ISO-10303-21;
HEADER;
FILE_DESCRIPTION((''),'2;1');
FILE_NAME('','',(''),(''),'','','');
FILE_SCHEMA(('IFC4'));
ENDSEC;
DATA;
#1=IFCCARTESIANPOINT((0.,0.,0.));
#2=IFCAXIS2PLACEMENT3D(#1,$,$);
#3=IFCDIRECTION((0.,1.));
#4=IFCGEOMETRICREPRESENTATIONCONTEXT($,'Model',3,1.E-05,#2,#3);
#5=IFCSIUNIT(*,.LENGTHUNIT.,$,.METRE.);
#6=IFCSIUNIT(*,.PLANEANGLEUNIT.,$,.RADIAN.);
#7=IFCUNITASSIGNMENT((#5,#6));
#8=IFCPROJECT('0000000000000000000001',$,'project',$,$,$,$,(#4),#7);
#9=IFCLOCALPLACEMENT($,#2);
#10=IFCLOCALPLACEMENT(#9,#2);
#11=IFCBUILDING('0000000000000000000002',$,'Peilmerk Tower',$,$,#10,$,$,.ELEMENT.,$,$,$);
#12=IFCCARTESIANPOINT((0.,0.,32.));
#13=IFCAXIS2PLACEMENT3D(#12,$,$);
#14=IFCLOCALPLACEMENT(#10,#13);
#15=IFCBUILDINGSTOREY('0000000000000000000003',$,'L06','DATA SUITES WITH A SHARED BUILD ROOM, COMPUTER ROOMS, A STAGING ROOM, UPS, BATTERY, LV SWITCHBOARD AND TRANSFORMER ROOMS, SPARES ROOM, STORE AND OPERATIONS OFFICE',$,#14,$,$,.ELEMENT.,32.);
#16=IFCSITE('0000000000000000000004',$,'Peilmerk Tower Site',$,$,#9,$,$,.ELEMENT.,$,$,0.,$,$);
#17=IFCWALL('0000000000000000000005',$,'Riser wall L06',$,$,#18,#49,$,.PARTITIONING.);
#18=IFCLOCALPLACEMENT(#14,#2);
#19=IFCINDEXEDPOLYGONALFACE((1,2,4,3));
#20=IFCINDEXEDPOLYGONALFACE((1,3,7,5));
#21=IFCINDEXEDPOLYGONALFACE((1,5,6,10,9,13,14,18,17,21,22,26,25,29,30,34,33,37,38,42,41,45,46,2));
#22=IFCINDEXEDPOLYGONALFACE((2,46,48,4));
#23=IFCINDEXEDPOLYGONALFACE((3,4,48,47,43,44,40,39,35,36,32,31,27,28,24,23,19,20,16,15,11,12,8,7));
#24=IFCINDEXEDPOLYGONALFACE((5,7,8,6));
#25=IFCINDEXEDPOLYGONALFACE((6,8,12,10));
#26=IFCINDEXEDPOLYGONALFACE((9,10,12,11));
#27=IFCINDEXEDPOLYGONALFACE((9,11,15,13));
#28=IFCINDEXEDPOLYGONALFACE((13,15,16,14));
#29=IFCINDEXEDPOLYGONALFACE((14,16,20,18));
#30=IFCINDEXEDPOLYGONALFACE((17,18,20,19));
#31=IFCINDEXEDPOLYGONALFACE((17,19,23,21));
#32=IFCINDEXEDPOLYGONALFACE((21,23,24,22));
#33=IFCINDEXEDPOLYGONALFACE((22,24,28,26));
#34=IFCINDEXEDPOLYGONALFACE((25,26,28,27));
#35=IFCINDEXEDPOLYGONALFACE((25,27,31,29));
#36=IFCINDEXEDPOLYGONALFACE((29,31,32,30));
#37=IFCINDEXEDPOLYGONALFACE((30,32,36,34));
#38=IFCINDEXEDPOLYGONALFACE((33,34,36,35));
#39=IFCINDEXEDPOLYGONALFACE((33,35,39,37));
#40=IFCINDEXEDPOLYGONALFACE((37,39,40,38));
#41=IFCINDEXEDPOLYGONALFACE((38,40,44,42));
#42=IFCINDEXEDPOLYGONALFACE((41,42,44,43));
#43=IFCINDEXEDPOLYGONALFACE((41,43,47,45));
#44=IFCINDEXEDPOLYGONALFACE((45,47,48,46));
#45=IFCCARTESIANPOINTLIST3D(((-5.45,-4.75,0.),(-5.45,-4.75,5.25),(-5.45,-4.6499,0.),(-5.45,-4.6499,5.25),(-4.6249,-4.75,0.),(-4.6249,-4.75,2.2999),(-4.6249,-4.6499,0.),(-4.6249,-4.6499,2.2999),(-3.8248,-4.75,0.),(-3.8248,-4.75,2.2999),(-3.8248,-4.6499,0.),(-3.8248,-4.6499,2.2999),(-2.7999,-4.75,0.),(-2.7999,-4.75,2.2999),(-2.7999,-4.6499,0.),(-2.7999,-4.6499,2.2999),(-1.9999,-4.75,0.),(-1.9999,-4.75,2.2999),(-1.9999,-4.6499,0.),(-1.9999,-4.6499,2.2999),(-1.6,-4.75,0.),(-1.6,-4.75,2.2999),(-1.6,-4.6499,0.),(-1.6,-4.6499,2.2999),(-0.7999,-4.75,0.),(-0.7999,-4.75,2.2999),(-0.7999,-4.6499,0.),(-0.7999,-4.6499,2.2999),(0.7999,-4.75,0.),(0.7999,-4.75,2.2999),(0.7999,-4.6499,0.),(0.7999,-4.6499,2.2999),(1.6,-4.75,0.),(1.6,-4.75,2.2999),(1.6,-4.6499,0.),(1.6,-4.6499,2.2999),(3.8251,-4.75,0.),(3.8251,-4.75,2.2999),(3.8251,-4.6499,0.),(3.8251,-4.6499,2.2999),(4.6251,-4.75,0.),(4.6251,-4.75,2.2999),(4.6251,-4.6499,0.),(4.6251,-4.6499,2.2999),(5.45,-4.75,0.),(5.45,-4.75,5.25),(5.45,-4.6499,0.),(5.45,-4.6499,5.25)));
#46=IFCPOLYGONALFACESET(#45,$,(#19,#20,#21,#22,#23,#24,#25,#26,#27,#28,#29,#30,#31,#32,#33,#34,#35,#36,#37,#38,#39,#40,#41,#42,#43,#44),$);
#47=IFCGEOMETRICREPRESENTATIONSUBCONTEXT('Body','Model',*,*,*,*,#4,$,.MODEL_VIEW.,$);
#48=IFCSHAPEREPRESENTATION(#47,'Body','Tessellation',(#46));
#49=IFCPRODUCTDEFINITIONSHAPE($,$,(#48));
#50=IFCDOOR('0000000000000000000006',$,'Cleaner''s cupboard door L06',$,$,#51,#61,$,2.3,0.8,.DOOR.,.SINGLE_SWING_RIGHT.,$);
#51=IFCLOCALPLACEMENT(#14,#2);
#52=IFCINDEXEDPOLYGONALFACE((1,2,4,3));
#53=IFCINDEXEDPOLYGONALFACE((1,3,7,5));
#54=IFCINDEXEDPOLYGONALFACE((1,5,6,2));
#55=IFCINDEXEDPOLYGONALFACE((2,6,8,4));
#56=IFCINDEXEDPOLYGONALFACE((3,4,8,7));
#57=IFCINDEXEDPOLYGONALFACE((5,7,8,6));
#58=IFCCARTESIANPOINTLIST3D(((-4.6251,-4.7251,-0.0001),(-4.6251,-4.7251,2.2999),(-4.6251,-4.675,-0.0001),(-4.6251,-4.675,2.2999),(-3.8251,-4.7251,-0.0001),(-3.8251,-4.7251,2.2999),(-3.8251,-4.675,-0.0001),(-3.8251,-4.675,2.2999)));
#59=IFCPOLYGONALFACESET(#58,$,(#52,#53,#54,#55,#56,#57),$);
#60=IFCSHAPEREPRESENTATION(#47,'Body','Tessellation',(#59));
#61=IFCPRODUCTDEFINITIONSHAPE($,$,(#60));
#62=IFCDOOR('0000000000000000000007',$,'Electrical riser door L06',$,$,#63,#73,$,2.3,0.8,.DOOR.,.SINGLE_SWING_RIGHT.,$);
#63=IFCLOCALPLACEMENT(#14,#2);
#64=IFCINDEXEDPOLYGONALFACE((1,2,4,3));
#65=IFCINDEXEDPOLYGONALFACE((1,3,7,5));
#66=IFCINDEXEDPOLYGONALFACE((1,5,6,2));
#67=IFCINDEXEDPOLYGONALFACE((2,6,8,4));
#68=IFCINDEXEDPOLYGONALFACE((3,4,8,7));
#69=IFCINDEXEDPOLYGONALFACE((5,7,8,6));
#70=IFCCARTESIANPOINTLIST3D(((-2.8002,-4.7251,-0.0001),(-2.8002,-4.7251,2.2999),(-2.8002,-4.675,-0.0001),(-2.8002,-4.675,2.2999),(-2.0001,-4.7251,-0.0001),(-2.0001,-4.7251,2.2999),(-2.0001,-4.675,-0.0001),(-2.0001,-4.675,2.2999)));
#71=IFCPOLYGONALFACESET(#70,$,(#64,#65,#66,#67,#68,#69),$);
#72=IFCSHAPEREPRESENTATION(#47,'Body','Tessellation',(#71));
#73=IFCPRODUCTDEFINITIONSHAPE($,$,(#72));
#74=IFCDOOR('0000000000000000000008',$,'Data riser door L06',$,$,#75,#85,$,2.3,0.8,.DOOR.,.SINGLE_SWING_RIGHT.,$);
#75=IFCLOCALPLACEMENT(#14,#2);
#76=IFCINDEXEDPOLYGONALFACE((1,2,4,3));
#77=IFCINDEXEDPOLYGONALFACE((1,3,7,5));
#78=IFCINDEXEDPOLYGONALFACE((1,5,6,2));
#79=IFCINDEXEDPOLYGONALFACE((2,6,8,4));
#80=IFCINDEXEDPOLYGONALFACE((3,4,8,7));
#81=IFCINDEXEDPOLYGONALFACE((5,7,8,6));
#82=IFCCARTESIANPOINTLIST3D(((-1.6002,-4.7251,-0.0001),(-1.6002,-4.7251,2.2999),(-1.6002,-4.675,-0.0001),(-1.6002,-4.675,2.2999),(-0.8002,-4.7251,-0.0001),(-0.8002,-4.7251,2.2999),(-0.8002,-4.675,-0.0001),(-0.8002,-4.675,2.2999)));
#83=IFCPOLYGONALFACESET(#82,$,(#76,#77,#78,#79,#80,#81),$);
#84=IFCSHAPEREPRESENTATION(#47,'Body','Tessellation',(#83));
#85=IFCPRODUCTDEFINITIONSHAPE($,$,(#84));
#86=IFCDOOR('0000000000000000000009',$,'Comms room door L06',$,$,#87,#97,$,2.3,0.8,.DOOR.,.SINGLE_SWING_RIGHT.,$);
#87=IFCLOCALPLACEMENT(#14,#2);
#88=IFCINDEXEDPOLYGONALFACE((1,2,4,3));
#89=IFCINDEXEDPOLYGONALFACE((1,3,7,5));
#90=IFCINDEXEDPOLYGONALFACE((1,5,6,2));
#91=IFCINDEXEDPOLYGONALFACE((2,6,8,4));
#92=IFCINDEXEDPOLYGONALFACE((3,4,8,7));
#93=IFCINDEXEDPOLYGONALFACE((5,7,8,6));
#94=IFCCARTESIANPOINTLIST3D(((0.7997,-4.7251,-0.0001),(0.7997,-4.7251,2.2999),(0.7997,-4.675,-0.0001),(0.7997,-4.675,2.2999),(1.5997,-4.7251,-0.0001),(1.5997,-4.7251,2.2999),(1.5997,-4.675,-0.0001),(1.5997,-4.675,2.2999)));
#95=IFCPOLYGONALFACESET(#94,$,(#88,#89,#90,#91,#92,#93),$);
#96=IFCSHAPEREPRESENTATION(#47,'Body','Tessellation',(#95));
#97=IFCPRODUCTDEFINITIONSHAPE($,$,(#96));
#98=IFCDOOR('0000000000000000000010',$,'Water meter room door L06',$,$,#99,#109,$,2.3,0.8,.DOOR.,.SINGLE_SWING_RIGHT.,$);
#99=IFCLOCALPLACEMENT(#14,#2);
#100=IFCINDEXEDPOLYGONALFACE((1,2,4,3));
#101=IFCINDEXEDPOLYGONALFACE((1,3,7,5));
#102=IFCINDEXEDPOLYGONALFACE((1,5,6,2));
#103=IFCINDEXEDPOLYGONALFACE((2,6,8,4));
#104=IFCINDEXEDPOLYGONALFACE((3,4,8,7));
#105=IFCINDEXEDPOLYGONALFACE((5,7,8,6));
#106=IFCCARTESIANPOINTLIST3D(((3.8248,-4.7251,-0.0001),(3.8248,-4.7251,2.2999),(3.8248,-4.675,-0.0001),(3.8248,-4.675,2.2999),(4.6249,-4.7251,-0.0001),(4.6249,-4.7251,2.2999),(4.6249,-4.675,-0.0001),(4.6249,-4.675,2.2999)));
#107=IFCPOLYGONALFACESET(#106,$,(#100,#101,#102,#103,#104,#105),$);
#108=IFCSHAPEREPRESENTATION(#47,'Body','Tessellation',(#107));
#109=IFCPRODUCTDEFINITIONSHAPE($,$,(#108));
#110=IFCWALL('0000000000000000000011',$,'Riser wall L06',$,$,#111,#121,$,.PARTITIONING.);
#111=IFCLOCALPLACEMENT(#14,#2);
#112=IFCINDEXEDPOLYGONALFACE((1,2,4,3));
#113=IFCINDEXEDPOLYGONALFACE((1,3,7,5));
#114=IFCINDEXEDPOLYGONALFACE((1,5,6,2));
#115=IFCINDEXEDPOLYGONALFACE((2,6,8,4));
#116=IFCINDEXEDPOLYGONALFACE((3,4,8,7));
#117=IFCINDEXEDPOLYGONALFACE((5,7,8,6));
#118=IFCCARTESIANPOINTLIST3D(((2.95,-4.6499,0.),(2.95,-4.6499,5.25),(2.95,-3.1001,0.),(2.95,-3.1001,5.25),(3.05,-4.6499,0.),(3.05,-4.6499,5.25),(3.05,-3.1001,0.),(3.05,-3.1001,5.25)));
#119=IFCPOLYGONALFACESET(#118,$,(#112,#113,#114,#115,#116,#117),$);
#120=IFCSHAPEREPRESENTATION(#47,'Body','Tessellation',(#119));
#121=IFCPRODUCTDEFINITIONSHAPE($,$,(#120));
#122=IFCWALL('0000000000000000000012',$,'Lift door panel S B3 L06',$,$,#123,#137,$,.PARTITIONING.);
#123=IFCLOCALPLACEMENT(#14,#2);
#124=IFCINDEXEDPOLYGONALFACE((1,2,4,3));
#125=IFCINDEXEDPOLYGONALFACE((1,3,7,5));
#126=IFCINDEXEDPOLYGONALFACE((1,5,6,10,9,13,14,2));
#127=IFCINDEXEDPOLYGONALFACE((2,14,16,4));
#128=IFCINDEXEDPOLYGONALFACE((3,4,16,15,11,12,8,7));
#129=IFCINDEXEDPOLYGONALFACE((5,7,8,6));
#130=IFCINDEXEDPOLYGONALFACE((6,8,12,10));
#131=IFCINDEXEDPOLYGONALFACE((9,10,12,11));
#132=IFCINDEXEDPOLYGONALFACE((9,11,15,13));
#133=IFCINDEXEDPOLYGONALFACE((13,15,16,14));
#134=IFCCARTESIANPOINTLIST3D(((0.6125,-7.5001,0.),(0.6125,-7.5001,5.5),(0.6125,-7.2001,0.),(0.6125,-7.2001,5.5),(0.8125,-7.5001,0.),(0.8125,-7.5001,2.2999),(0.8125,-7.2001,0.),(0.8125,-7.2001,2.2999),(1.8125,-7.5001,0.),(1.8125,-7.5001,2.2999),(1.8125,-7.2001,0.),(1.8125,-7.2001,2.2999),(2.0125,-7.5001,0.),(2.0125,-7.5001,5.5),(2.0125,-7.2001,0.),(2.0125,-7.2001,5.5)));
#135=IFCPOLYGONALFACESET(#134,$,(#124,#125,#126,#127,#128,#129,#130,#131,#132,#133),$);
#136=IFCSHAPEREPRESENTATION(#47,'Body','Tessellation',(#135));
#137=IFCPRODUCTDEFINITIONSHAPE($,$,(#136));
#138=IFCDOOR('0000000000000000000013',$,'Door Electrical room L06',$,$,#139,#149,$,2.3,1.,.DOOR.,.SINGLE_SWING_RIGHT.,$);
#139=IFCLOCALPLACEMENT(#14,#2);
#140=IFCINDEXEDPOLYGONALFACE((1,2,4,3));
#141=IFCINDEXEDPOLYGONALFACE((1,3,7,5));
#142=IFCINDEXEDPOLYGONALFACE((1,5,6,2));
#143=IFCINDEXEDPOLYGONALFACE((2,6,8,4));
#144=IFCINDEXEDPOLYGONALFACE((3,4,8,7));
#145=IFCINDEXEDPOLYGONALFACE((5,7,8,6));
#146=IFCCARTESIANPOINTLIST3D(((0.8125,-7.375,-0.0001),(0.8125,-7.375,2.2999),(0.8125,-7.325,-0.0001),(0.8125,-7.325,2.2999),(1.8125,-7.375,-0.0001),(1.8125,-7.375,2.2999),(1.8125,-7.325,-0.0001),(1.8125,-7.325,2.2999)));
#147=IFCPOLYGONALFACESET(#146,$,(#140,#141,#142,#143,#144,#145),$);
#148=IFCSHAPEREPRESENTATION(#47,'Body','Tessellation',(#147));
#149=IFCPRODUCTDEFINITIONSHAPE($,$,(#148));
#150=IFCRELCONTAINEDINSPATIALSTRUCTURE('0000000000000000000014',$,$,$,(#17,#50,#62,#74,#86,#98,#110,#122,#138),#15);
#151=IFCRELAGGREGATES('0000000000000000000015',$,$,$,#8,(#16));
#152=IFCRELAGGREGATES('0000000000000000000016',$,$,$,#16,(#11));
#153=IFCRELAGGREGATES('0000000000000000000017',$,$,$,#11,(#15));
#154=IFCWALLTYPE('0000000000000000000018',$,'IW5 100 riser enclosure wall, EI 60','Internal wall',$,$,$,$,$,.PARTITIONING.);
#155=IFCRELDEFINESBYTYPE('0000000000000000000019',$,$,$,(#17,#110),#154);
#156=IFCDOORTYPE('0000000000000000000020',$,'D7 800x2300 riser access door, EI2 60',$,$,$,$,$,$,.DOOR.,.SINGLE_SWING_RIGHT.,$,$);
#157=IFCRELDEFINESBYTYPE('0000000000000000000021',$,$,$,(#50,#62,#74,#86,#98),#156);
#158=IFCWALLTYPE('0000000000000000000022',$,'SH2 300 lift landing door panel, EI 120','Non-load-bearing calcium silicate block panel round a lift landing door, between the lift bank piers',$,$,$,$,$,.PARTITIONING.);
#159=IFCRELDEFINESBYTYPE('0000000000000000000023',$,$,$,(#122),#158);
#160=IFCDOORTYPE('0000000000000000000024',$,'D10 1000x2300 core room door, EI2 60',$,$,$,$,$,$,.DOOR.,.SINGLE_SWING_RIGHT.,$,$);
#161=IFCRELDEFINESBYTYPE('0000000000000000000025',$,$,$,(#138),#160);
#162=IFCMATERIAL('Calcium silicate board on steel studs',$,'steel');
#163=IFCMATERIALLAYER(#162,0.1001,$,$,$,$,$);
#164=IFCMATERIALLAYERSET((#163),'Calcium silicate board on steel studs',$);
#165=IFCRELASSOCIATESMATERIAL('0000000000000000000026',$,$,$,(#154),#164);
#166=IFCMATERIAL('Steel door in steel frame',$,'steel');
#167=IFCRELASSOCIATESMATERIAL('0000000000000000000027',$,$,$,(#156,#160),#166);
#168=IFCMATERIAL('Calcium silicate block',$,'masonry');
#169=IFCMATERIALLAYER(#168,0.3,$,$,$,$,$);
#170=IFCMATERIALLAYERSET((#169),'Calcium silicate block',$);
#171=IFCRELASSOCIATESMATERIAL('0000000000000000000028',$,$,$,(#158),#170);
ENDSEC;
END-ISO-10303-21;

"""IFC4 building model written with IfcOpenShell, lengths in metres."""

from ifc_helpers import new_model, si_unit, direction, frame, frame_2d, origin, place, context, subcontext, project, spatial, rectangle, extrude, material, layer, layer_set, type_object, element, fill, save


model = new_model("IFC4")

# Units and contexts
model_context = context("Model", 3, precision=1e-05, world=origin(), true_north=direction((0.0, 1.0)))
body_context = subcontext(model_context, "Body", "Model", "MODEL_VIEW")
ifc_project = project(units=[si_unit("LENGTHUNIT", "METRE"), si_unit("PLANEANGLEUNIT", "RADIAN")], contexts=[model_context])

# Site, building, storey
site_placement = place(None, origin())
site = spatial("IfcSite", under=ifc_project, at=site_placement, Name="Peilmerk Tower Site", CompositionType="ELEMENT", RefElevation=0.0)
building_placement = place(site_placement, origin())
building = spatial("IfcBuilding", under=site, at=building_placement, Name="Peilmerk Tower", CompositionType="ELEMENT")
storey_placement = place(building_placement, frame((0.0, 0.0, 32.0)))
storey = spatial("IfcBuildingStorey", under=building, at=storey_placement, Name="L06", Description="DATA SUITES WITH A SHARED BUILD ROOM, COMPUTER ROOMS, A STAGING ROOM, UPS, BATTERY, LV SWITCHBOARD AND TRANSFORMER ROOMS, SPARES ROOM, STORE AND OPERATIONS OFFICE", CompositionType="ELEMENT", Elevation=32.0)

# Shared definitions
ifc_material_1 = material(Name="Calcium silicate board on steel studs", Category="steel")
ifc_layer_1 = layer(ifc_material_1, 0.1001)
ifc_layer_set_1 = layer_set([ifc_layer_1], Name="Calcium silicate board on steel studs")
wall_type_1 = type_object("IfcWallType", Name="IW5 100 riser enclosure wall, EI 60", Description="Internal wall", PredefinedType="PARTITIONING", material=ifc_layer_set_1)

# Wall, openings, doors
wall_1_placement = place(storey_placement, frame((5.45, -4.7, 0.0), z_axis=(0.0, 0.0, 1.0), x_axis=(-1.0, 0.0, 0.0)))
wall_1 = element("IfcWall", 1, at=wall_1_placement, inside=storey, type_object=wall_type_1, Name="Riser wall L06", PredefinedType="PARTITIONING", context=body_context, shape_type="SweptSolid", body=[
    extrude(rectangle(XDim=10.8999, YDim=0.1001, at=frame_2d((5.45, 0.0))), origin(), (0.0, 0.0, 1.0), 5.25),
])
opening_1_placement = place(wall_1_placement, frame((9.2749, 0.0, 0.0)))
opening_1 = element("IfcOpeningElement", 2, at=opening_1_placement, cuts=wall_1, PredefinedType="OPENING", context=body_context, shape_type="SweptSolid", body=[
    extrude(rectangle(XDim=0.8, YDim=2.3, at=frame_2d((0.3999, 1.1499))), frame((0.0, 0.0601, 0.0), z_axis=(0.0, -1.0, 0.0), x_axis=(1.0, 0.0, 0.0)), (0.0, 0.0, 1.0), 0.1201),
])
opening_2_placement = place(wall_1_placement, frame((7.45, 0.0, 0.0)))
opening_2 = element("IfcOpeningElement", 3, at=opening_2_placement, cuts=wall_1, PredefinedType="OPENING", context=body_context, shape_type="SweptSolid", body=[
    extrude(rectangle(XDim=0.8, YDim=2.3, at=frame_2d((0.3999, 1.1499))), frame((0.0, 0.0601, 0.0), z_axis=(0.0, -1.0, 0.0), x_axis=(1.0, 0.0, 0.0)), (0.0, 0.0, 1.0), 0.1201),
])
opening_3_placement = place(wall_1_placement, frame((6.25, 0.0, 0.0)))
opening_3 = element("IfcOpeningElement", 4, at=opening_3_placement, cuts=wall_1, PredefinedType="OPENING", context=body_context, shape_type="SweptSolid", body=[
    extrude(rectangle(XDim=0.8, YDim=2.3, at=frame_2d((0.3999, 1.1499))), frame((0.0, 0.0601, 0.0), z_axis=(0.0, -1.0, 0.0), x_axis=(1.0, 0.0, 0.0)), (0.0, 0.0, 1.0), 0.1201),
])
opening_4_placement = place(wall_1_placement, frame((3.8501, 0.0, 0.0)))
opening_4 = element("IfcOpeningElement", 5, at=opening_4_placement, cuts=wall_1, PredefinedType="OPENING", context=body_context, shape_type="SweptSolid", body=[
    extrude(rectangle(XDim=0.8, YDim=2.3, at=frame_2d((0.3999, 1.1499))), frame((0.0, 0.0601, 0.0), z_axis=(0.0, -1.0, 0.0), x_axis=(1.0, 0.0, 0.0)), (0.0, 0.0, 1.0), 0.1201),
])
opening_5_placement = place(wall_1_placement, frame((0.825, 0.0, 0.0)))
opening_5 = element("IfcOpeningElement", 6, at=opening_5_placement, cuts=wall_1, PredefinedType="OPENING", context=body_context, shape_type="SweptSolid", body=[
    extrude(rectangle(XDim=0.8, YDim=2.3, at=frame_2d((0.3999, 1.1499))), frame((0.0, 0.0601, 0.0), z_axis=(0.0, -1.0, 0.0), x_axis=(1.0, 0.0, 0.0)), (0.0, 0.0, 1.0), 0.1201),
])
ifc_material_2 = material(Name="Steel door in steel frame", Category="steel")
door_type_1 = type_object("IfcDoorType", Name="D7 800x2300 riser access door, EI2 60", OperationType="SINGLE_SWING_RIGHT", PredefinedType="DOOR", material=ifc_material_2)
door_1_placement = place(opening_1_placement, frame((0.8, 0.0, 0.0), z_axis=(0.0, 0.0, 1.0), x_axis=(-1.0, 0.0, 0.0)))
door_1 = element("IfcDoor", 7, at=door_1_placement, inside=storey, type_object=door_type_1, Name="Cleaner's cupboard door L06", OperationType="SINGLE_SWING_RIGHT", OverallHeight=2.3, OverallWidth=0.8, PredefinedType="DOOR", context=body_context, shape_type="SweptSolid", body=[
    extrude(rectangle(XDim=0.8, YDim=2.3, at=frame_2d((0.3999, 1.1499))), frame((0.0, 0.0249, 0.0), z_axis=(0.0, -1.0, 0.0), x_axis=(1.0, 0.0, 0.0)), (0.0, 0.0, 1.0), 0.05),
])
fill(opening_1, door_1)
door_2_placement = place(opening_2_placement, frame((0.8, 0.0, 0.0), z_axis=(0.0, 0.0, 1.0), x_axis=(-1.0, 0.0, 0.0)))
door_2 = element("IfcDoor", 8, at=door_2_placement, inside=storey, type_object=door_type_1, Name="Electrical riser door L06", OperationType="SINGLE_SWING_RIGHT", OverallHeight=2.3, OverallWidth=0.8, PredefinedType="DOOR", context=body_context, shape_type="SweptSolid", body=[
    extrude(rectangle(XDim=0.8, YDim=2.3, at=frame_2d((0.3999, 1.1499))), frame((0.0, 0.0249, 0.0), z_axis=(0.0, -1.0, 0.0), x_axis=(1.0, 0.0, 0.0)), (0.0, 0.0, 1.0), 0.05),
])
fill(opening_2, door_2)
door_3_placement = place(opening_3_placement, frame((0.8, 0.0, 0.0), z_axis=(0.0, 0.0, 1.0), x_axis=(-1.0, 0.0, 0.0)))
door_3 = element("IfcDoor", 9, at=door_3_placement, inside=storey, type_object=door_type_1, Name="Data riser door L06", OperationType="SINGLE_SWING_RIGHT", OverallHeight=2.3, OverallWidth=0.8, PredefinedType="DOOR", context=body_context, shape_type="SweptSolid", body=[
    extrude(rectangle(XDim=0.8, YDim=2.3, at=frame_2d((0.3999, 1.1499))), frame((0.0, 0.0249, 0.0), z_axis=(0.0, -1.0, 0.0), x_axis=(1.0, 0.0, 0.0)), (0.0, 0.0, 1.0), 0.05),
])
fill(opening_3, door_3)
door_4_placement = place(opening_4_placement, frame((0.8, 0.0, 0.0), z_axis=(0.0, 0.0, 1.0), x_axis=(-1.0, 0.0, 0.0)))
door_4 = element("IfcDoor", 10, at=door_4_placement, inside=storey, type_object=door_type_1, Name="Comms room door L06", OperationType="SINGLE_SWING_RIGHT", OverallHeight=2.3, OverallWidth=0.8, PredefinedType="DOOR", context=body_context, shape_type="SweptSolid", body=[
    extrude(rectangle(XDim=0.8, YDim=2.3, at=frame_2d((0.3999, 1.1499))), frame((0.0, 0.0249, 0.0), z_axis=(0.0, -1.0, 0.0), x_axis=(1.0, 0.0, 0.0)), (0.0, 0.0, 1.0), 0.05),
])
fill(opening_4, door_4)
door_5_placement = place(opening_5_placement, frame((0.8, 0.0, 0.0), z_axis=(0.0, 0.0, 1.0), x_axis=(-1.0, 0.0, 0.0)))
door_5 = element("IfcDoor", 11, at=door_5_placement, inside=storey, type_object=door_type_1, Name="Water meter room door L06", OperationType="SINGLE_SWING_RIGHT", OverallHeight=2.3, OverallWidth=0.8, PredefinedType="DOOR", context=body_context, shape_type="SweptSolid", body=[
    extrude(rectangle(XDim=0.8, YDim=2.3, at=frame_2d((0.3999, 1.1499))), frame((0.0, 0.0249, 0.0), z_axis=(0.0, -1.0, 0.0), x_axis=(1.0, 0.0, 0.0)), (0.0, 0.0, 1.0), 0.05),
])
fill(opening_5, door_5)

# Wall
wall_2_placement = place(storey_placement, frame((3.0, -3.1001, 0.0), z_axis=(0.0, 0.0, 1.0), x_axis=(0.0, -1.0, 0.0)))
element("IfcWall", 12, at=wall_2_placement, inside=storey, type_object=wall_type_1, Name="Riser wall L06", PredefinedType="PARTITIONING", context=body_context, shape_type="SweptSolid", body=[
    extrude(rectangle(XDim=1.5498, YDim=0.1001, at=frame_2d((0.7749, 0.0))), origin(), (0.0, 0.0, 1.0), 5.25),
])

# Wall, opening, door
ifc_material_3 = material(Name="Calcium silicate block", Category="masonry")
ifc_layer_2 = layer(ifc_material_3, 0.3)
ifc_layer_set_2 = layer_set([ifc_layer_2], Name="Calcium silicate block")
wall_type_2 = type_object("IfcWallType", Name="SH2 300 lift landing door panel, EI 120", Description="Non-load-bearing calcium silicate block panel round a lift landing door, between the lift bank piers", PredefinedType="PARTITIONING", material=ifc_layer_set_2)
wall_3_placement = place(storey_placement, frame((0.6125, -7.3501, 0.0), z_axis=(0.0, 0.0, 1.0), x_axis=(1.0, 0.0, 0.0)))
wall_3 = element("IfcWall", 13, at=wall_3_placement, inside=storey, type_object=wall_type_2, Name="Lift door panel S B3 L06", PredefinedType="PARTITIONING", context=body_context, shape_type="SweptSolid", body=[
    extrude(rectangle(XDim=1.3999, YDim=0.3, at=frame_2d((0.7, 0.0))), origin(), (0.0, 0.0, 1.0), 5.5),
])
opening_6_placement = place(wall_3_placement, frame((0.2, 0.0, 0.0)))
opening_6 = element("IfcOpeningElement", 14, at=opening_6_placement, cuts=wall_3, PredefinedType="OPENING", context=body_context, shape_type="SweptSolid", body=[
    extrude(rectangle(XDim=1.0, YDim=2.3, at=frame_2d((0.5, 1.1499))), frame((0.0, 0.1599, 0.0), z_axis=(0.0, -1.0, 0.0), x_axis=(1.0, 0.0, 0.0)), (0.0, 0.0, 1.0), 0.3201),
])
door_type_2 = type_object("IfcDoorType", Name="D10 1000x2300 core room door, EI2 60", OperationType="SINGLE_SWING_RIGHT", PredefinedType="DOOR", material=ifc_material_2)
door_6_placement = place(opening_6_placement, frame((1.0, 0.0, 0.0), z_axis=(0.0, 0.0, 1.0), x_axis=(-1.0, 0.0, 0.0)))
door_6 = element("IfcDoor", 15, at=door_6_placement, inside=storey, type_object=door_type_2, Name="Door Electrical room L06", OperationType="SINGLE_SWING_RIGHT", OverallHeight=2.3, OverallWidth=1.0, PredefinedType="DOOR", context=body_context, shape_type="SweptSolid", body=[
    extrude(rectangle(XDim=1.0, YDim=2.3, at=frame_2d((0.5, 1.1499))), frame((0.0, 0.0249, 0.0), z_axis=(0.0, -1.0, 0.0), x_axis=(1.0, 0.0, 0.0)), (0.0, 0.0, 1.0), 0.05),
])
fill(opening_6, door_6)

save(model, "model.ifc")
